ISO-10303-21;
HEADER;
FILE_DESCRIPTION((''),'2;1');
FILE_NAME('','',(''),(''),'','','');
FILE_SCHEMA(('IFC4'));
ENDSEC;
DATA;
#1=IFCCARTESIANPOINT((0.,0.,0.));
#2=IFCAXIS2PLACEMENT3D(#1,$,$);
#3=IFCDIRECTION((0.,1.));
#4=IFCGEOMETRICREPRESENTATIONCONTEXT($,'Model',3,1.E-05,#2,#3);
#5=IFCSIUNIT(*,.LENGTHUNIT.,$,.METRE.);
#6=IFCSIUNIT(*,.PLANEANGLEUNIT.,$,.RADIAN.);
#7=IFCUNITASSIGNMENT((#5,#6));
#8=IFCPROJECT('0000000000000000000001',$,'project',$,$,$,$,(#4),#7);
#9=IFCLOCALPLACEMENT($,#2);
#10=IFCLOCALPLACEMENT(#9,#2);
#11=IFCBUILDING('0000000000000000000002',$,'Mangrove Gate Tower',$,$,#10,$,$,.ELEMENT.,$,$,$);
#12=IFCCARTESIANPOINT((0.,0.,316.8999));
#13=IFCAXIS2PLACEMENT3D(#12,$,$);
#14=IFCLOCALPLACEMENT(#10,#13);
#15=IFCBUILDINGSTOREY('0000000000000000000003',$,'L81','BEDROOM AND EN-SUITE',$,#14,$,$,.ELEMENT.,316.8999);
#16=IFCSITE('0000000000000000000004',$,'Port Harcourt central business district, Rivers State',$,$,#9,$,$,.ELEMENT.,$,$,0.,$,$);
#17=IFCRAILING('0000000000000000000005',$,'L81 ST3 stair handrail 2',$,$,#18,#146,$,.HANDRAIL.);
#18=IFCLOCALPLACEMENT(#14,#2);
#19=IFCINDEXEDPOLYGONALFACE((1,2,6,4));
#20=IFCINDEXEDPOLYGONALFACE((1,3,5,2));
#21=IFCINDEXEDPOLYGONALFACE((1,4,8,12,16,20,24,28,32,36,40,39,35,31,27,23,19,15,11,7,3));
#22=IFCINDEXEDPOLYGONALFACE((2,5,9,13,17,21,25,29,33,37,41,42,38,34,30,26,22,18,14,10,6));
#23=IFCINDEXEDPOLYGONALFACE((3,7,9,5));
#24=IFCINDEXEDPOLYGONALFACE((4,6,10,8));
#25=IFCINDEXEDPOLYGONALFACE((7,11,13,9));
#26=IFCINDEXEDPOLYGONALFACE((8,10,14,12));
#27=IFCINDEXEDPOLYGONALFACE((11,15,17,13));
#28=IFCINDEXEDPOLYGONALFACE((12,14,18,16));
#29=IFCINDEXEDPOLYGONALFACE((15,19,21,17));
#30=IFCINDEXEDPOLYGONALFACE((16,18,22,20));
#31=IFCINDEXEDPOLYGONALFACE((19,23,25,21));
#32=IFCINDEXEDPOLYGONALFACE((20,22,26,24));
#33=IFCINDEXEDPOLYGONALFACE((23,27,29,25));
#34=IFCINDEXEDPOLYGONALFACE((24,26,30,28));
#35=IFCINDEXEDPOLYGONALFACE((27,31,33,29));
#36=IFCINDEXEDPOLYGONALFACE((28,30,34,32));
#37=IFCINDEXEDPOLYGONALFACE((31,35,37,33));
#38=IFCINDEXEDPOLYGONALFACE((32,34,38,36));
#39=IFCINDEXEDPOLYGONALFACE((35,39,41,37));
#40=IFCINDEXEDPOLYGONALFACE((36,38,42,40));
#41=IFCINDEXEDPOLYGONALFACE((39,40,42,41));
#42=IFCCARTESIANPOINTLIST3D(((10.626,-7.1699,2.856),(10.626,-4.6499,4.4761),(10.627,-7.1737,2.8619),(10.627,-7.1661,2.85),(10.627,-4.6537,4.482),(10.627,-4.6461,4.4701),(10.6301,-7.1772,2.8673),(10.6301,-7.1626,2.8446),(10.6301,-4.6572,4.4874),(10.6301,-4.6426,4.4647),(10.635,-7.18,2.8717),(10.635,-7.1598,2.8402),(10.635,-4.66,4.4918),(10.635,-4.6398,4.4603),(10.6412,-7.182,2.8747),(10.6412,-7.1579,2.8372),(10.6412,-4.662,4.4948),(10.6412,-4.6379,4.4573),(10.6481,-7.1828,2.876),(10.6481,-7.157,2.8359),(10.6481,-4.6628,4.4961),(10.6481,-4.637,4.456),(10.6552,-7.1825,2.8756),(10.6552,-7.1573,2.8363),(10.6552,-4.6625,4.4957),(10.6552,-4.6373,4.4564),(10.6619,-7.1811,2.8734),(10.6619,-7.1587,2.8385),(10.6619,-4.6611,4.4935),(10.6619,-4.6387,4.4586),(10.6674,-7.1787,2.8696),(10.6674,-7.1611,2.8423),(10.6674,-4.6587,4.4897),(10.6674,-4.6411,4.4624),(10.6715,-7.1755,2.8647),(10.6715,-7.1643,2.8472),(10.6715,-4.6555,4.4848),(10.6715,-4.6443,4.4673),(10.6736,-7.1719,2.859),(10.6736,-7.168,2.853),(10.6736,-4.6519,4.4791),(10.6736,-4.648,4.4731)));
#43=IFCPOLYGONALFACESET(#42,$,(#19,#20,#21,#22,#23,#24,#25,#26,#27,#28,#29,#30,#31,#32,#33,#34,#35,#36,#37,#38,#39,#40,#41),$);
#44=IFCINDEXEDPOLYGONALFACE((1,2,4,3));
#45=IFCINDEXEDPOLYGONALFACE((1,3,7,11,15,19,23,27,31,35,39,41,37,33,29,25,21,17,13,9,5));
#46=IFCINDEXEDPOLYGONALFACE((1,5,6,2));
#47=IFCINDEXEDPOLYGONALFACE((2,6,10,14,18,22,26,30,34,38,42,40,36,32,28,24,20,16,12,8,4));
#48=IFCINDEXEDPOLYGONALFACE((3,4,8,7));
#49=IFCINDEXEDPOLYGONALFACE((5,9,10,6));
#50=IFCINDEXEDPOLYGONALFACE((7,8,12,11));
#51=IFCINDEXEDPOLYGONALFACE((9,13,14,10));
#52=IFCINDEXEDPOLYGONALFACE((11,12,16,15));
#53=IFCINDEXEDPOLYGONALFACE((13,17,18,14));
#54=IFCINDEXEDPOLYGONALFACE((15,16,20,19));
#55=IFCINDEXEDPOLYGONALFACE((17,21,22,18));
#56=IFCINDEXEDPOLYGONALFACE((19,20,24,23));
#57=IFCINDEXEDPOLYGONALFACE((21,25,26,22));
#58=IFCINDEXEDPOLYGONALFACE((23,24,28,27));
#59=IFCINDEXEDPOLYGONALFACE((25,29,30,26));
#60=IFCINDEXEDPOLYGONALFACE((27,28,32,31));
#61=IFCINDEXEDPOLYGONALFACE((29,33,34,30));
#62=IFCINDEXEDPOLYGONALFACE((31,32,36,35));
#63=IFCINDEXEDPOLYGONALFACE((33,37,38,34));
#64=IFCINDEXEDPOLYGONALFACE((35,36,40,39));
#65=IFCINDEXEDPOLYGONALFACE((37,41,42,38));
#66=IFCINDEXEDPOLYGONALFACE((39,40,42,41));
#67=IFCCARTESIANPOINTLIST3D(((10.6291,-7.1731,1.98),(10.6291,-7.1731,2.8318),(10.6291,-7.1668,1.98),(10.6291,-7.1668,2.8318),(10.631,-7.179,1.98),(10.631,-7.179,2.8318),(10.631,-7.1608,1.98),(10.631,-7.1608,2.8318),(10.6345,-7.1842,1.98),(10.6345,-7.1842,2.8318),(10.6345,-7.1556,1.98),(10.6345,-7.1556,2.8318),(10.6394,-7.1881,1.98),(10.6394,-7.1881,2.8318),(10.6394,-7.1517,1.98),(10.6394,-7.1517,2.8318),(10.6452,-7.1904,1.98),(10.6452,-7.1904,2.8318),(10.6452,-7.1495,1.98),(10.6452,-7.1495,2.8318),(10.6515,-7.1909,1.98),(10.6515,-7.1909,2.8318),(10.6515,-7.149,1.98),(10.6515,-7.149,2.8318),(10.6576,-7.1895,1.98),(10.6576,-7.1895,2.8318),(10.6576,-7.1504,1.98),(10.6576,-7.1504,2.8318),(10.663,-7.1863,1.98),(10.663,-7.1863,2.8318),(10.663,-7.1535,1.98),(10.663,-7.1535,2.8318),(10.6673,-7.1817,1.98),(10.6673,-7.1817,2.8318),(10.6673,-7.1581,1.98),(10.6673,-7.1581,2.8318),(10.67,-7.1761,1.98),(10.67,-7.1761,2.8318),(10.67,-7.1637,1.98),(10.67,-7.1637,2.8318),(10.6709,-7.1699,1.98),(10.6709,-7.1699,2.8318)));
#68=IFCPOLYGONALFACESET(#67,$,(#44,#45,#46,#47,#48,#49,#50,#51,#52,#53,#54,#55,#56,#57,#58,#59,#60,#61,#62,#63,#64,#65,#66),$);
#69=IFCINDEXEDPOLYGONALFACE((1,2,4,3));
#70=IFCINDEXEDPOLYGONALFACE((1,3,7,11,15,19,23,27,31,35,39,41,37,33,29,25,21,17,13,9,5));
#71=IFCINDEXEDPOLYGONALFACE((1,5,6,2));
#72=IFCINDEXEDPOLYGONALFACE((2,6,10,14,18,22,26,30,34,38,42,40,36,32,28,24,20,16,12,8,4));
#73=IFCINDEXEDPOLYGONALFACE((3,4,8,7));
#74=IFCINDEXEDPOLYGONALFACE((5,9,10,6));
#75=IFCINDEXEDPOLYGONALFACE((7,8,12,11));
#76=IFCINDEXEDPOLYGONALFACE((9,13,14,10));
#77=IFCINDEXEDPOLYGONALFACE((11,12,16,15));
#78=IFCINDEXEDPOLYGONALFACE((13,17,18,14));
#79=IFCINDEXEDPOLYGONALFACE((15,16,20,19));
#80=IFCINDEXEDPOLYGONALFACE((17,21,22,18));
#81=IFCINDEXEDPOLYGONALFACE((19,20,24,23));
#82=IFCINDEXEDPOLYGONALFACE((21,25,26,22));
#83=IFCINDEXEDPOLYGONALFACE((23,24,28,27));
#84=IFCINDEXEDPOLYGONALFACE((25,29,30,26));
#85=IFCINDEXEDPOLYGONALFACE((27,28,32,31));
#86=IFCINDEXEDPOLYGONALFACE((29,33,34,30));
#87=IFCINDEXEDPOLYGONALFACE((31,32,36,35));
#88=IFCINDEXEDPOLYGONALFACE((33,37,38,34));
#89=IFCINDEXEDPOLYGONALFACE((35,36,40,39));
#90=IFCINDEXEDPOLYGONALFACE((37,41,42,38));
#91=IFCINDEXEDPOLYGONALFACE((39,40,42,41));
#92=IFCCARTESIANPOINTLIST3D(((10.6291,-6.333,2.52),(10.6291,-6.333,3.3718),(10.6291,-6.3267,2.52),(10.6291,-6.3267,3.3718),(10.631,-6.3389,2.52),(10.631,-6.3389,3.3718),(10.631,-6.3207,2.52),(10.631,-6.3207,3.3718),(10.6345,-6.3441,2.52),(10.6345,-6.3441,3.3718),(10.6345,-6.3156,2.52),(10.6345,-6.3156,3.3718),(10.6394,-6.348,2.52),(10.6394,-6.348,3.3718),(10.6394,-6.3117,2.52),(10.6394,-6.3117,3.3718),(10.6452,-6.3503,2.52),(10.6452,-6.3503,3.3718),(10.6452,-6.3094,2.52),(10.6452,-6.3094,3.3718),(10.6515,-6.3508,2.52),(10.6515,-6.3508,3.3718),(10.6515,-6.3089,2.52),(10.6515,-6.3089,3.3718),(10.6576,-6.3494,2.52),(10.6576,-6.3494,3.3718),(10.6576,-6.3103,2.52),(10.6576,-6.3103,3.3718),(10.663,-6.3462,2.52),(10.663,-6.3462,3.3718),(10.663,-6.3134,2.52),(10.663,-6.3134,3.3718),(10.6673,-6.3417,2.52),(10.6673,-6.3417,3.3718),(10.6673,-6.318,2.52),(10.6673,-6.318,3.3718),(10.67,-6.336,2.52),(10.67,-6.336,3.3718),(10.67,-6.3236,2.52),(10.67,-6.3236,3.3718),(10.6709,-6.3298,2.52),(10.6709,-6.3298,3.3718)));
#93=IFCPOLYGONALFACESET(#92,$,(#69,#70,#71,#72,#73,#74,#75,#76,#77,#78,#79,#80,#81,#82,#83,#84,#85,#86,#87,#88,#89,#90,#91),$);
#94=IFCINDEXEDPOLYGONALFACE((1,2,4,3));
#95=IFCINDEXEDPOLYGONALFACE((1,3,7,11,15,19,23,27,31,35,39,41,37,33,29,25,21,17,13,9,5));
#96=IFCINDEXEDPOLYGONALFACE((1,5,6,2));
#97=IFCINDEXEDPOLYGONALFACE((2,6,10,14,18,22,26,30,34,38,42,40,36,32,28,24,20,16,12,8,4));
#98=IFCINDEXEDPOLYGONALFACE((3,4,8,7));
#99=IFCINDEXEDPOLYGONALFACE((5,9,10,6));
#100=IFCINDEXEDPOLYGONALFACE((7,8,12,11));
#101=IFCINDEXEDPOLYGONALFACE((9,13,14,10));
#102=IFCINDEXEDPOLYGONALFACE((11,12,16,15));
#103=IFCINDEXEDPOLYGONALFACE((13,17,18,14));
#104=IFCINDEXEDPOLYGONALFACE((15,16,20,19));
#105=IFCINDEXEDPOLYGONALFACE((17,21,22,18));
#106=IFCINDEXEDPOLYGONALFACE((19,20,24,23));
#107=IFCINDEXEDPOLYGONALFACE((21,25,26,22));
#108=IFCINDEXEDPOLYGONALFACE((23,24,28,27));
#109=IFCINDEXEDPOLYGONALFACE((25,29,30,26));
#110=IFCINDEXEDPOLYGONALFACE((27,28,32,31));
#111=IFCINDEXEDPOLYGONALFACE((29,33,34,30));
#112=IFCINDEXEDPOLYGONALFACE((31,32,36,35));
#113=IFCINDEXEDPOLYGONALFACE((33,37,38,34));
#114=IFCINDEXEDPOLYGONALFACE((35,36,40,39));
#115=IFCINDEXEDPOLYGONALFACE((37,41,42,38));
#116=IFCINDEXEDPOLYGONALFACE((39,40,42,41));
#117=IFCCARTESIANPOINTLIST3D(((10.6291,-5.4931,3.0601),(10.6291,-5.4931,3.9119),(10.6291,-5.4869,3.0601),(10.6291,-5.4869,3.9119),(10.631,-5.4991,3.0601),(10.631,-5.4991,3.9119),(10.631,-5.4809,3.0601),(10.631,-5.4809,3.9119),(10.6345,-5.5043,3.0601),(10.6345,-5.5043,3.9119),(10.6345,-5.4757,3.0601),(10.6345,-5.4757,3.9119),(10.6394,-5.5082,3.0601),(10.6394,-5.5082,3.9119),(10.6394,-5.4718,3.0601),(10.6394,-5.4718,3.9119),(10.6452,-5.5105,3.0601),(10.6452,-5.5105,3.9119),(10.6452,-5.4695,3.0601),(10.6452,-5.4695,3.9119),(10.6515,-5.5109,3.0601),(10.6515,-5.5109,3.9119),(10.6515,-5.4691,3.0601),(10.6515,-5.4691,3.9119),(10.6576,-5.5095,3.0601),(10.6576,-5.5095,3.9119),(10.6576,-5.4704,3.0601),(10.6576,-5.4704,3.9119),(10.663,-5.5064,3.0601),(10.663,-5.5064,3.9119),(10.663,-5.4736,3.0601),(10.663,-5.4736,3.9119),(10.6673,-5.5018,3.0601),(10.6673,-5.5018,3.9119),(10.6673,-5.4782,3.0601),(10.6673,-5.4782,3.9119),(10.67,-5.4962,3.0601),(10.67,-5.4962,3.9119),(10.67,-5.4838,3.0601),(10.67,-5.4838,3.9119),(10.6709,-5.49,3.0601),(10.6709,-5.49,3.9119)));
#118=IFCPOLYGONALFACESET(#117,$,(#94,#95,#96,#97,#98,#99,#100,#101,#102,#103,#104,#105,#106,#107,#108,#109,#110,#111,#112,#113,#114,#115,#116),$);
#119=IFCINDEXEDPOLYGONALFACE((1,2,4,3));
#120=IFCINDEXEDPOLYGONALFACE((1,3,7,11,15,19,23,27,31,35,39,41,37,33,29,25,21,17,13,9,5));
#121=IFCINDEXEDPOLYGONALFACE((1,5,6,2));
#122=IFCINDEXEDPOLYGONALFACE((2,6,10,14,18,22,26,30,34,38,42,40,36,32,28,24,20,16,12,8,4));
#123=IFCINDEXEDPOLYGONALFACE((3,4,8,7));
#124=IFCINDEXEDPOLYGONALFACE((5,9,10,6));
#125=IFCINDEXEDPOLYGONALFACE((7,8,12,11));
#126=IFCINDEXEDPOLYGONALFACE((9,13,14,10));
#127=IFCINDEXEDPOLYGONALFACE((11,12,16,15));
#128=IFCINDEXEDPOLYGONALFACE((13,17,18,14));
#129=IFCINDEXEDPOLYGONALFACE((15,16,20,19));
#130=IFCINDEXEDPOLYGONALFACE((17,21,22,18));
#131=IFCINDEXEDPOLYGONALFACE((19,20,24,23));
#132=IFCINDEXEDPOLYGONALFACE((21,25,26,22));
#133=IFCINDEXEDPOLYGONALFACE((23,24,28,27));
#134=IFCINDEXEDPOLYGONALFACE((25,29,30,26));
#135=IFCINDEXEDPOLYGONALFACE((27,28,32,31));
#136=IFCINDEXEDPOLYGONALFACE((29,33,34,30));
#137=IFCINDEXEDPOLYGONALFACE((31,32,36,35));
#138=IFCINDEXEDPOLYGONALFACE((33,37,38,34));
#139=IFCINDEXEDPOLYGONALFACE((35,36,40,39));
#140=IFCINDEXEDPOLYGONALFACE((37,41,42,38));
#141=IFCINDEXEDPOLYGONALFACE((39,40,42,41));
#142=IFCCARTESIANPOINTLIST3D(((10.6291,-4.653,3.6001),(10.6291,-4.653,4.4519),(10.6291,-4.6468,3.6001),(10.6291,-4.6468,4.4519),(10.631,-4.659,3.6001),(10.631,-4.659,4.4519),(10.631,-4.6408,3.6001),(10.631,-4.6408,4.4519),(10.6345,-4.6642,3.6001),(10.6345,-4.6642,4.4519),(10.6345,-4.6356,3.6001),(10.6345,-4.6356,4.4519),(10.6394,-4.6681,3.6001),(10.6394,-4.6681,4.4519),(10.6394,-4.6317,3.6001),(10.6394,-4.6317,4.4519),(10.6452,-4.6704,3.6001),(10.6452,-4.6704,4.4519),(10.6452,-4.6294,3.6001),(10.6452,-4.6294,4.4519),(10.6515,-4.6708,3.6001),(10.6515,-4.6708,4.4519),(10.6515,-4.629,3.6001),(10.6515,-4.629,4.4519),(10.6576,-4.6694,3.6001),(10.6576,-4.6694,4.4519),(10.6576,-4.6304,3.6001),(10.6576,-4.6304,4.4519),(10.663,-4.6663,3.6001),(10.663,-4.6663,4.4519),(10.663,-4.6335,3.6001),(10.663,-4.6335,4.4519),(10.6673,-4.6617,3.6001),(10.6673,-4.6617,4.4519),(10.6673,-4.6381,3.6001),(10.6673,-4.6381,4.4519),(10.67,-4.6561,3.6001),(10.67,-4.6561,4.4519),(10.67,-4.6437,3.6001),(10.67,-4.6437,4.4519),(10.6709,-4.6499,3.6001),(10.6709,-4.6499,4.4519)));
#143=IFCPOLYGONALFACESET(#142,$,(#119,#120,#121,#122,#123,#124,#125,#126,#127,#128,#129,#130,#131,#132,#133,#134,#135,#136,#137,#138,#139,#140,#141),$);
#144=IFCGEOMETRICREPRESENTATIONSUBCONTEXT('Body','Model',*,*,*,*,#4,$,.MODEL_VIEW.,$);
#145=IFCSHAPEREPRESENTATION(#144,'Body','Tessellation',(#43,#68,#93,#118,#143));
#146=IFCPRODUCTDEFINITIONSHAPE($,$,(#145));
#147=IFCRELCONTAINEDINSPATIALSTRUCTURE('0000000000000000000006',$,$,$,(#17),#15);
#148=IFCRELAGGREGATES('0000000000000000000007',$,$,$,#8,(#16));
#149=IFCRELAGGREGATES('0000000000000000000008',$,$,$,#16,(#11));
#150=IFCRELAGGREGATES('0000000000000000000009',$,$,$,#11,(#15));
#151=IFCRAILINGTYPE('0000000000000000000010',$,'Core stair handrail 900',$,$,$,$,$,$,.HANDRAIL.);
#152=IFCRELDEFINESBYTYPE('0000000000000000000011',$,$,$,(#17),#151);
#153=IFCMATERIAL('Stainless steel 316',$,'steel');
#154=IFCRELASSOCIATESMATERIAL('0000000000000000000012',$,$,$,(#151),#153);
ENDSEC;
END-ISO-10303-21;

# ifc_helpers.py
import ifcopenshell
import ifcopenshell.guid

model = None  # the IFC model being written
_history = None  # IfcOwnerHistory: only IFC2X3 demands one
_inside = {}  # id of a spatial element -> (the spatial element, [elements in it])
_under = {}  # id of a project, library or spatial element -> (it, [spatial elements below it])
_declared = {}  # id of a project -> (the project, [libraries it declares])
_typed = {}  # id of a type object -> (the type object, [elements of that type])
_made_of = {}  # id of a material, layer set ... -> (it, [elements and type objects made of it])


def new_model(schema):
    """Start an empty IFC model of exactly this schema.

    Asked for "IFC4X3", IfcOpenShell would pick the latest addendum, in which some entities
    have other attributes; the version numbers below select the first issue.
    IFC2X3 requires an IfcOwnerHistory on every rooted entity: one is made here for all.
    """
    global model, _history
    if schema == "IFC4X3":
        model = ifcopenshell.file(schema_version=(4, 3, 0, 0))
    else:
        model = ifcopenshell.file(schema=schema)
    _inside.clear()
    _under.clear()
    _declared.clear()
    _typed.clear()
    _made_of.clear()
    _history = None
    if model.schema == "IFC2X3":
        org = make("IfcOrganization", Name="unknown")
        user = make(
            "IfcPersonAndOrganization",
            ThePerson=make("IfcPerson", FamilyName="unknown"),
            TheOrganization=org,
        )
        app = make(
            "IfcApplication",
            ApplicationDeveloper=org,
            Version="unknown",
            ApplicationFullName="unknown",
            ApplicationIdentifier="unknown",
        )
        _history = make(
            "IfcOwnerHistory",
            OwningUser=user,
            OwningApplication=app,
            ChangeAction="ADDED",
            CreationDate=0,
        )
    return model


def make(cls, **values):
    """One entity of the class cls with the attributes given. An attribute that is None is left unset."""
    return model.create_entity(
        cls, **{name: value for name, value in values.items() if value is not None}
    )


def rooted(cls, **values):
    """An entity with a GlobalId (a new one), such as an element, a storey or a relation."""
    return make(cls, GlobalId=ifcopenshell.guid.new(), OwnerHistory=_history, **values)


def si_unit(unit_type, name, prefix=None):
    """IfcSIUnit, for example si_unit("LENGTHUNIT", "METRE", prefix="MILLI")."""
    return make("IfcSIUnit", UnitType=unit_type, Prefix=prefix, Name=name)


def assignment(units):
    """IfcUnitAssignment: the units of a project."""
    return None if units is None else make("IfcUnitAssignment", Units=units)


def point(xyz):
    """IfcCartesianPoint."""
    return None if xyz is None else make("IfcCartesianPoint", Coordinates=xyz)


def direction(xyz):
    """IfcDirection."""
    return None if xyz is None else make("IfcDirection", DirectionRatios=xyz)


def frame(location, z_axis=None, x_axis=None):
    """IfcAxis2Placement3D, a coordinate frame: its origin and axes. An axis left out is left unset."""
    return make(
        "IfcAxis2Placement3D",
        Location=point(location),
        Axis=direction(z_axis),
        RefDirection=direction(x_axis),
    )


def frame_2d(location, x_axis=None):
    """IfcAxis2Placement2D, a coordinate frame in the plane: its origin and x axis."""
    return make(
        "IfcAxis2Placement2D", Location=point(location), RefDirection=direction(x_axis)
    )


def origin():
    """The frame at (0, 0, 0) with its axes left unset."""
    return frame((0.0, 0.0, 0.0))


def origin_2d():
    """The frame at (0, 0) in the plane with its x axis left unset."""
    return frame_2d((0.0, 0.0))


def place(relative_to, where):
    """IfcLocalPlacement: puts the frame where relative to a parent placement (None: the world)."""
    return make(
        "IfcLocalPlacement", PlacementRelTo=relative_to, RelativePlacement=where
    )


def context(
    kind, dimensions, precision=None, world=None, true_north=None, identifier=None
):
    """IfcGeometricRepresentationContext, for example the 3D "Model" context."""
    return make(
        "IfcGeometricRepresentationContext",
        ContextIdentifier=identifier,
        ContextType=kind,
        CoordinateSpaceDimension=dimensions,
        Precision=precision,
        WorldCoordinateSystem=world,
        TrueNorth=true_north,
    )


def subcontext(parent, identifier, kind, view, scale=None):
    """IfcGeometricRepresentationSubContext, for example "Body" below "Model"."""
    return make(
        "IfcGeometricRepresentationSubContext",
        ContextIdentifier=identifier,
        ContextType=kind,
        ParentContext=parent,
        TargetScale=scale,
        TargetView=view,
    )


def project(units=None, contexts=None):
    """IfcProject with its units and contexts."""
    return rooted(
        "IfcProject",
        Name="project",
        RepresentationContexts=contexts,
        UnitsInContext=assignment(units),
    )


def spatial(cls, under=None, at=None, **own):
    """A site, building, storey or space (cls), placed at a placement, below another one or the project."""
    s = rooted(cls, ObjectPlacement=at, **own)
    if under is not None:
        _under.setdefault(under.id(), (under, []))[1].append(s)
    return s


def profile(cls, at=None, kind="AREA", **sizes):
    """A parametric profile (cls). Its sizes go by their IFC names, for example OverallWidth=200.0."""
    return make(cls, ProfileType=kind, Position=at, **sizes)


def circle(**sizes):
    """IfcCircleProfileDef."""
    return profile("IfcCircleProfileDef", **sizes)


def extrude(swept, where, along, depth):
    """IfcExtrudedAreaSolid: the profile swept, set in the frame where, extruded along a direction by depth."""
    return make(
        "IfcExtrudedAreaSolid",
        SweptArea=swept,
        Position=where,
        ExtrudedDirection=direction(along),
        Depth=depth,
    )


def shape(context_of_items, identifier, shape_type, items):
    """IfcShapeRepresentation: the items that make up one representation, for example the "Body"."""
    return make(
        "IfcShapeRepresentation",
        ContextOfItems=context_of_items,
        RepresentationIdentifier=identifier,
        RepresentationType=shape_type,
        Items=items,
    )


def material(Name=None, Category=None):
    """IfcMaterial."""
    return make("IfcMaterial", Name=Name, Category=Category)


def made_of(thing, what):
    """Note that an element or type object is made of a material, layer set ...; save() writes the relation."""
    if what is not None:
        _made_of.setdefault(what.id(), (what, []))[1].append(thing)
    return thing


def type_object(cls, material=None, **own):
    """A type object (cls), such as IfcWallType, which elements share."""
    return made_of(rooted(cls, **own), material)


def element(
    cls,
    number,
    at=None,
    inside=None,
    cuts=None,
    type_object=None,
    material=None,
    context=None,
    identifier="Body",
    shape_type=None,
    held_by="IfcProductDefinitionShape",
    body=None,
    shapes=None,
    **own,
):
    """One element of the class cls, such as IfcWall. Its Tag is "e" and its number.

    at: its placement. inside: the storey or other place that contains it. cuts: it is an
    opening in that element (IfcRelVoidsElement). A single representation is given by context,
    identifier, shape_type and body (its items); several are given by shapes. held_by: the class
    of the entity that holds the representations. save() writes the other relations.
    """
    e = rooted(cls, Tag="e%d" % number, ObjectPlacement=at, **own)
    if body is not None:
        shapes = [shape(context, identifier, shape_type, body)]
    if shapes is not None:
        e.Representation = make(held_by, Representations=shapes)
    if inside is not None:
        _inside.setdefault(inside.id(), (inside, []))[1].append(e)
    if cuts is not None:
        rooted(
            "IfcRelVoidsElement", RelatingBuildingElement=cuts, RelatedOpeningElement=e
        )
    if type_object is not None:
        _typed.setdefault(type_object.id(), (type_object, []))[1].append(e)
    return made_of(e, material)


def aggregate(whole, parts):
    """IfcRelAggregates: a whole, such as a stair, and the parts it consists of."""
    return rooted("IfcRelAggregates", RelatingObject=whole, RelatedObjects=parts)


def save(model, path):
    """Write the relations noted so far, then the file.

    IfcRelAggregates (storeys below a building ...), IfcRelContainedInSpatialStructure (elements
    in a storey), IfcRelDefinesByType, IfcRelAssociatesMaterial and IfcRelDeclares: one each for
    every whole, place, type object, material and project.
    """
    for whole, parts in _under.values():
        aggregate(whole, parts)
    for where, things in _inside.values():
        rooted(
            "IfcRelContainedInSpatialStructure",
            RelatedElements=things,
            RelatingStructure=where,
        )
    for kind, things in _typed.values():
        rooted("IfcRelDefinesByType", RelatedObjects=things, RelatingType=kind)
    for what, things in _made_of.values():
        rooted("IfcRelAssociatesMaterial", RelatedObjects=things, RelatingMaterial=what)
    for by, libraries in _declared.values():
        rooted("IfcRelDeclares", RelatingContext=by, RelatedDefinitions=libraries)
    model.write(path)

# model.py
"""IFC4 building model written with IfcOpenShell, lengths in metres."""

from ifc_helpers import new_model, si_unit, direction, frame, origin, origin_2d, place, context, subcontext, project, spatial, circle, extrude, material, type_object, element, save


model = new_model("IFC4")

# Units and contexts
model_context = context("Model", 3, precision=1e-05, world=origin(), true_north=direction((0.0, 1.0)))
body_context = subcontext(model_context, "Body", "Model", "MODEL_VIEW")
ifc_project = project(units=[si_unit("LENGTHUNIT", "METRE"), si_unit("PLANEANGLEUNIT", "RADIAN")], contexts=[model_context])

# Site, building, storey
site_placement = place(None, origin())
site = spatial("IfcSite", under=ifc_project, at=site_placement, Name="Port Harcourt central business district, Rivers State", CompositionType="ELEMENT", RefElevation=0.0)
building_placement = place(site_placement, origin())
building = spatial("IfcBuilding", under=site, at=building_placement, Name="Mangrove Gate Tower", CompositionType="ELEMENT")
storey_placement = place(building_placement, frame((0.0, 0.0, 316.8999)))
storey = spatial("IfcBuildingStorey", under=building, at=storey_placement, Name="L81", Description="BEDROOM AND EN-SUITE", CompositionType="ELEMENT", Elevation=316.8999)

# Railing
ifc_material_1 = material(Name="Stainless steel 316", Category="steel")
railing_type_1 = type_object("IfcRailingType", Name="Core stair handrail 900", PredefinedType="HANDRAIL", material=ifc_material_1)
railing_1_placement = place(storey_placement, frame((10.6499, -7.1699, 1.98)))
element("IfcRailing", 1, at=railing_1_placement, inside=storey, type_object=railing_type_1, Name="L81 ST3 stair handrail 2", PredefinedType="HANDRAIL", context=body_context, shape_type="SweptSolid", body=[
    extrude(circle(Radius=0.0239, at=origin_2d()), frame((0.0, 0.0, 0.876), z_axis=(0.0, 0.841163, 0.540782), x_axis=(-1.0, 0.0, 0.0)), (0.0, 0.0, 1.0), 2.9958),
    extrude(circle(Radius=0.021, at=origin_2d()), origin(), (0.0, 0.0, 1.0), 0.8518),
    extrude(circle(Radius=0.021, at=origin_2d()), frame((0.0, 0.8401, 0.54)), (0.0, 0.0, 1.0), 0.8518),
    extrude(circle(Radius=0.021, at=origin_2d()), frame((0.0, 1.6799, 1.0801)), (0.0, 0.0, 1.0), 0.8518),
    extrude(circle(Radius=0.021, at=origin_2d()), frame((0.0, 2.52, 1.6201)), (0.0, 0.0, 1.0), 0.8518),
])

save(model, "model.ifc")
